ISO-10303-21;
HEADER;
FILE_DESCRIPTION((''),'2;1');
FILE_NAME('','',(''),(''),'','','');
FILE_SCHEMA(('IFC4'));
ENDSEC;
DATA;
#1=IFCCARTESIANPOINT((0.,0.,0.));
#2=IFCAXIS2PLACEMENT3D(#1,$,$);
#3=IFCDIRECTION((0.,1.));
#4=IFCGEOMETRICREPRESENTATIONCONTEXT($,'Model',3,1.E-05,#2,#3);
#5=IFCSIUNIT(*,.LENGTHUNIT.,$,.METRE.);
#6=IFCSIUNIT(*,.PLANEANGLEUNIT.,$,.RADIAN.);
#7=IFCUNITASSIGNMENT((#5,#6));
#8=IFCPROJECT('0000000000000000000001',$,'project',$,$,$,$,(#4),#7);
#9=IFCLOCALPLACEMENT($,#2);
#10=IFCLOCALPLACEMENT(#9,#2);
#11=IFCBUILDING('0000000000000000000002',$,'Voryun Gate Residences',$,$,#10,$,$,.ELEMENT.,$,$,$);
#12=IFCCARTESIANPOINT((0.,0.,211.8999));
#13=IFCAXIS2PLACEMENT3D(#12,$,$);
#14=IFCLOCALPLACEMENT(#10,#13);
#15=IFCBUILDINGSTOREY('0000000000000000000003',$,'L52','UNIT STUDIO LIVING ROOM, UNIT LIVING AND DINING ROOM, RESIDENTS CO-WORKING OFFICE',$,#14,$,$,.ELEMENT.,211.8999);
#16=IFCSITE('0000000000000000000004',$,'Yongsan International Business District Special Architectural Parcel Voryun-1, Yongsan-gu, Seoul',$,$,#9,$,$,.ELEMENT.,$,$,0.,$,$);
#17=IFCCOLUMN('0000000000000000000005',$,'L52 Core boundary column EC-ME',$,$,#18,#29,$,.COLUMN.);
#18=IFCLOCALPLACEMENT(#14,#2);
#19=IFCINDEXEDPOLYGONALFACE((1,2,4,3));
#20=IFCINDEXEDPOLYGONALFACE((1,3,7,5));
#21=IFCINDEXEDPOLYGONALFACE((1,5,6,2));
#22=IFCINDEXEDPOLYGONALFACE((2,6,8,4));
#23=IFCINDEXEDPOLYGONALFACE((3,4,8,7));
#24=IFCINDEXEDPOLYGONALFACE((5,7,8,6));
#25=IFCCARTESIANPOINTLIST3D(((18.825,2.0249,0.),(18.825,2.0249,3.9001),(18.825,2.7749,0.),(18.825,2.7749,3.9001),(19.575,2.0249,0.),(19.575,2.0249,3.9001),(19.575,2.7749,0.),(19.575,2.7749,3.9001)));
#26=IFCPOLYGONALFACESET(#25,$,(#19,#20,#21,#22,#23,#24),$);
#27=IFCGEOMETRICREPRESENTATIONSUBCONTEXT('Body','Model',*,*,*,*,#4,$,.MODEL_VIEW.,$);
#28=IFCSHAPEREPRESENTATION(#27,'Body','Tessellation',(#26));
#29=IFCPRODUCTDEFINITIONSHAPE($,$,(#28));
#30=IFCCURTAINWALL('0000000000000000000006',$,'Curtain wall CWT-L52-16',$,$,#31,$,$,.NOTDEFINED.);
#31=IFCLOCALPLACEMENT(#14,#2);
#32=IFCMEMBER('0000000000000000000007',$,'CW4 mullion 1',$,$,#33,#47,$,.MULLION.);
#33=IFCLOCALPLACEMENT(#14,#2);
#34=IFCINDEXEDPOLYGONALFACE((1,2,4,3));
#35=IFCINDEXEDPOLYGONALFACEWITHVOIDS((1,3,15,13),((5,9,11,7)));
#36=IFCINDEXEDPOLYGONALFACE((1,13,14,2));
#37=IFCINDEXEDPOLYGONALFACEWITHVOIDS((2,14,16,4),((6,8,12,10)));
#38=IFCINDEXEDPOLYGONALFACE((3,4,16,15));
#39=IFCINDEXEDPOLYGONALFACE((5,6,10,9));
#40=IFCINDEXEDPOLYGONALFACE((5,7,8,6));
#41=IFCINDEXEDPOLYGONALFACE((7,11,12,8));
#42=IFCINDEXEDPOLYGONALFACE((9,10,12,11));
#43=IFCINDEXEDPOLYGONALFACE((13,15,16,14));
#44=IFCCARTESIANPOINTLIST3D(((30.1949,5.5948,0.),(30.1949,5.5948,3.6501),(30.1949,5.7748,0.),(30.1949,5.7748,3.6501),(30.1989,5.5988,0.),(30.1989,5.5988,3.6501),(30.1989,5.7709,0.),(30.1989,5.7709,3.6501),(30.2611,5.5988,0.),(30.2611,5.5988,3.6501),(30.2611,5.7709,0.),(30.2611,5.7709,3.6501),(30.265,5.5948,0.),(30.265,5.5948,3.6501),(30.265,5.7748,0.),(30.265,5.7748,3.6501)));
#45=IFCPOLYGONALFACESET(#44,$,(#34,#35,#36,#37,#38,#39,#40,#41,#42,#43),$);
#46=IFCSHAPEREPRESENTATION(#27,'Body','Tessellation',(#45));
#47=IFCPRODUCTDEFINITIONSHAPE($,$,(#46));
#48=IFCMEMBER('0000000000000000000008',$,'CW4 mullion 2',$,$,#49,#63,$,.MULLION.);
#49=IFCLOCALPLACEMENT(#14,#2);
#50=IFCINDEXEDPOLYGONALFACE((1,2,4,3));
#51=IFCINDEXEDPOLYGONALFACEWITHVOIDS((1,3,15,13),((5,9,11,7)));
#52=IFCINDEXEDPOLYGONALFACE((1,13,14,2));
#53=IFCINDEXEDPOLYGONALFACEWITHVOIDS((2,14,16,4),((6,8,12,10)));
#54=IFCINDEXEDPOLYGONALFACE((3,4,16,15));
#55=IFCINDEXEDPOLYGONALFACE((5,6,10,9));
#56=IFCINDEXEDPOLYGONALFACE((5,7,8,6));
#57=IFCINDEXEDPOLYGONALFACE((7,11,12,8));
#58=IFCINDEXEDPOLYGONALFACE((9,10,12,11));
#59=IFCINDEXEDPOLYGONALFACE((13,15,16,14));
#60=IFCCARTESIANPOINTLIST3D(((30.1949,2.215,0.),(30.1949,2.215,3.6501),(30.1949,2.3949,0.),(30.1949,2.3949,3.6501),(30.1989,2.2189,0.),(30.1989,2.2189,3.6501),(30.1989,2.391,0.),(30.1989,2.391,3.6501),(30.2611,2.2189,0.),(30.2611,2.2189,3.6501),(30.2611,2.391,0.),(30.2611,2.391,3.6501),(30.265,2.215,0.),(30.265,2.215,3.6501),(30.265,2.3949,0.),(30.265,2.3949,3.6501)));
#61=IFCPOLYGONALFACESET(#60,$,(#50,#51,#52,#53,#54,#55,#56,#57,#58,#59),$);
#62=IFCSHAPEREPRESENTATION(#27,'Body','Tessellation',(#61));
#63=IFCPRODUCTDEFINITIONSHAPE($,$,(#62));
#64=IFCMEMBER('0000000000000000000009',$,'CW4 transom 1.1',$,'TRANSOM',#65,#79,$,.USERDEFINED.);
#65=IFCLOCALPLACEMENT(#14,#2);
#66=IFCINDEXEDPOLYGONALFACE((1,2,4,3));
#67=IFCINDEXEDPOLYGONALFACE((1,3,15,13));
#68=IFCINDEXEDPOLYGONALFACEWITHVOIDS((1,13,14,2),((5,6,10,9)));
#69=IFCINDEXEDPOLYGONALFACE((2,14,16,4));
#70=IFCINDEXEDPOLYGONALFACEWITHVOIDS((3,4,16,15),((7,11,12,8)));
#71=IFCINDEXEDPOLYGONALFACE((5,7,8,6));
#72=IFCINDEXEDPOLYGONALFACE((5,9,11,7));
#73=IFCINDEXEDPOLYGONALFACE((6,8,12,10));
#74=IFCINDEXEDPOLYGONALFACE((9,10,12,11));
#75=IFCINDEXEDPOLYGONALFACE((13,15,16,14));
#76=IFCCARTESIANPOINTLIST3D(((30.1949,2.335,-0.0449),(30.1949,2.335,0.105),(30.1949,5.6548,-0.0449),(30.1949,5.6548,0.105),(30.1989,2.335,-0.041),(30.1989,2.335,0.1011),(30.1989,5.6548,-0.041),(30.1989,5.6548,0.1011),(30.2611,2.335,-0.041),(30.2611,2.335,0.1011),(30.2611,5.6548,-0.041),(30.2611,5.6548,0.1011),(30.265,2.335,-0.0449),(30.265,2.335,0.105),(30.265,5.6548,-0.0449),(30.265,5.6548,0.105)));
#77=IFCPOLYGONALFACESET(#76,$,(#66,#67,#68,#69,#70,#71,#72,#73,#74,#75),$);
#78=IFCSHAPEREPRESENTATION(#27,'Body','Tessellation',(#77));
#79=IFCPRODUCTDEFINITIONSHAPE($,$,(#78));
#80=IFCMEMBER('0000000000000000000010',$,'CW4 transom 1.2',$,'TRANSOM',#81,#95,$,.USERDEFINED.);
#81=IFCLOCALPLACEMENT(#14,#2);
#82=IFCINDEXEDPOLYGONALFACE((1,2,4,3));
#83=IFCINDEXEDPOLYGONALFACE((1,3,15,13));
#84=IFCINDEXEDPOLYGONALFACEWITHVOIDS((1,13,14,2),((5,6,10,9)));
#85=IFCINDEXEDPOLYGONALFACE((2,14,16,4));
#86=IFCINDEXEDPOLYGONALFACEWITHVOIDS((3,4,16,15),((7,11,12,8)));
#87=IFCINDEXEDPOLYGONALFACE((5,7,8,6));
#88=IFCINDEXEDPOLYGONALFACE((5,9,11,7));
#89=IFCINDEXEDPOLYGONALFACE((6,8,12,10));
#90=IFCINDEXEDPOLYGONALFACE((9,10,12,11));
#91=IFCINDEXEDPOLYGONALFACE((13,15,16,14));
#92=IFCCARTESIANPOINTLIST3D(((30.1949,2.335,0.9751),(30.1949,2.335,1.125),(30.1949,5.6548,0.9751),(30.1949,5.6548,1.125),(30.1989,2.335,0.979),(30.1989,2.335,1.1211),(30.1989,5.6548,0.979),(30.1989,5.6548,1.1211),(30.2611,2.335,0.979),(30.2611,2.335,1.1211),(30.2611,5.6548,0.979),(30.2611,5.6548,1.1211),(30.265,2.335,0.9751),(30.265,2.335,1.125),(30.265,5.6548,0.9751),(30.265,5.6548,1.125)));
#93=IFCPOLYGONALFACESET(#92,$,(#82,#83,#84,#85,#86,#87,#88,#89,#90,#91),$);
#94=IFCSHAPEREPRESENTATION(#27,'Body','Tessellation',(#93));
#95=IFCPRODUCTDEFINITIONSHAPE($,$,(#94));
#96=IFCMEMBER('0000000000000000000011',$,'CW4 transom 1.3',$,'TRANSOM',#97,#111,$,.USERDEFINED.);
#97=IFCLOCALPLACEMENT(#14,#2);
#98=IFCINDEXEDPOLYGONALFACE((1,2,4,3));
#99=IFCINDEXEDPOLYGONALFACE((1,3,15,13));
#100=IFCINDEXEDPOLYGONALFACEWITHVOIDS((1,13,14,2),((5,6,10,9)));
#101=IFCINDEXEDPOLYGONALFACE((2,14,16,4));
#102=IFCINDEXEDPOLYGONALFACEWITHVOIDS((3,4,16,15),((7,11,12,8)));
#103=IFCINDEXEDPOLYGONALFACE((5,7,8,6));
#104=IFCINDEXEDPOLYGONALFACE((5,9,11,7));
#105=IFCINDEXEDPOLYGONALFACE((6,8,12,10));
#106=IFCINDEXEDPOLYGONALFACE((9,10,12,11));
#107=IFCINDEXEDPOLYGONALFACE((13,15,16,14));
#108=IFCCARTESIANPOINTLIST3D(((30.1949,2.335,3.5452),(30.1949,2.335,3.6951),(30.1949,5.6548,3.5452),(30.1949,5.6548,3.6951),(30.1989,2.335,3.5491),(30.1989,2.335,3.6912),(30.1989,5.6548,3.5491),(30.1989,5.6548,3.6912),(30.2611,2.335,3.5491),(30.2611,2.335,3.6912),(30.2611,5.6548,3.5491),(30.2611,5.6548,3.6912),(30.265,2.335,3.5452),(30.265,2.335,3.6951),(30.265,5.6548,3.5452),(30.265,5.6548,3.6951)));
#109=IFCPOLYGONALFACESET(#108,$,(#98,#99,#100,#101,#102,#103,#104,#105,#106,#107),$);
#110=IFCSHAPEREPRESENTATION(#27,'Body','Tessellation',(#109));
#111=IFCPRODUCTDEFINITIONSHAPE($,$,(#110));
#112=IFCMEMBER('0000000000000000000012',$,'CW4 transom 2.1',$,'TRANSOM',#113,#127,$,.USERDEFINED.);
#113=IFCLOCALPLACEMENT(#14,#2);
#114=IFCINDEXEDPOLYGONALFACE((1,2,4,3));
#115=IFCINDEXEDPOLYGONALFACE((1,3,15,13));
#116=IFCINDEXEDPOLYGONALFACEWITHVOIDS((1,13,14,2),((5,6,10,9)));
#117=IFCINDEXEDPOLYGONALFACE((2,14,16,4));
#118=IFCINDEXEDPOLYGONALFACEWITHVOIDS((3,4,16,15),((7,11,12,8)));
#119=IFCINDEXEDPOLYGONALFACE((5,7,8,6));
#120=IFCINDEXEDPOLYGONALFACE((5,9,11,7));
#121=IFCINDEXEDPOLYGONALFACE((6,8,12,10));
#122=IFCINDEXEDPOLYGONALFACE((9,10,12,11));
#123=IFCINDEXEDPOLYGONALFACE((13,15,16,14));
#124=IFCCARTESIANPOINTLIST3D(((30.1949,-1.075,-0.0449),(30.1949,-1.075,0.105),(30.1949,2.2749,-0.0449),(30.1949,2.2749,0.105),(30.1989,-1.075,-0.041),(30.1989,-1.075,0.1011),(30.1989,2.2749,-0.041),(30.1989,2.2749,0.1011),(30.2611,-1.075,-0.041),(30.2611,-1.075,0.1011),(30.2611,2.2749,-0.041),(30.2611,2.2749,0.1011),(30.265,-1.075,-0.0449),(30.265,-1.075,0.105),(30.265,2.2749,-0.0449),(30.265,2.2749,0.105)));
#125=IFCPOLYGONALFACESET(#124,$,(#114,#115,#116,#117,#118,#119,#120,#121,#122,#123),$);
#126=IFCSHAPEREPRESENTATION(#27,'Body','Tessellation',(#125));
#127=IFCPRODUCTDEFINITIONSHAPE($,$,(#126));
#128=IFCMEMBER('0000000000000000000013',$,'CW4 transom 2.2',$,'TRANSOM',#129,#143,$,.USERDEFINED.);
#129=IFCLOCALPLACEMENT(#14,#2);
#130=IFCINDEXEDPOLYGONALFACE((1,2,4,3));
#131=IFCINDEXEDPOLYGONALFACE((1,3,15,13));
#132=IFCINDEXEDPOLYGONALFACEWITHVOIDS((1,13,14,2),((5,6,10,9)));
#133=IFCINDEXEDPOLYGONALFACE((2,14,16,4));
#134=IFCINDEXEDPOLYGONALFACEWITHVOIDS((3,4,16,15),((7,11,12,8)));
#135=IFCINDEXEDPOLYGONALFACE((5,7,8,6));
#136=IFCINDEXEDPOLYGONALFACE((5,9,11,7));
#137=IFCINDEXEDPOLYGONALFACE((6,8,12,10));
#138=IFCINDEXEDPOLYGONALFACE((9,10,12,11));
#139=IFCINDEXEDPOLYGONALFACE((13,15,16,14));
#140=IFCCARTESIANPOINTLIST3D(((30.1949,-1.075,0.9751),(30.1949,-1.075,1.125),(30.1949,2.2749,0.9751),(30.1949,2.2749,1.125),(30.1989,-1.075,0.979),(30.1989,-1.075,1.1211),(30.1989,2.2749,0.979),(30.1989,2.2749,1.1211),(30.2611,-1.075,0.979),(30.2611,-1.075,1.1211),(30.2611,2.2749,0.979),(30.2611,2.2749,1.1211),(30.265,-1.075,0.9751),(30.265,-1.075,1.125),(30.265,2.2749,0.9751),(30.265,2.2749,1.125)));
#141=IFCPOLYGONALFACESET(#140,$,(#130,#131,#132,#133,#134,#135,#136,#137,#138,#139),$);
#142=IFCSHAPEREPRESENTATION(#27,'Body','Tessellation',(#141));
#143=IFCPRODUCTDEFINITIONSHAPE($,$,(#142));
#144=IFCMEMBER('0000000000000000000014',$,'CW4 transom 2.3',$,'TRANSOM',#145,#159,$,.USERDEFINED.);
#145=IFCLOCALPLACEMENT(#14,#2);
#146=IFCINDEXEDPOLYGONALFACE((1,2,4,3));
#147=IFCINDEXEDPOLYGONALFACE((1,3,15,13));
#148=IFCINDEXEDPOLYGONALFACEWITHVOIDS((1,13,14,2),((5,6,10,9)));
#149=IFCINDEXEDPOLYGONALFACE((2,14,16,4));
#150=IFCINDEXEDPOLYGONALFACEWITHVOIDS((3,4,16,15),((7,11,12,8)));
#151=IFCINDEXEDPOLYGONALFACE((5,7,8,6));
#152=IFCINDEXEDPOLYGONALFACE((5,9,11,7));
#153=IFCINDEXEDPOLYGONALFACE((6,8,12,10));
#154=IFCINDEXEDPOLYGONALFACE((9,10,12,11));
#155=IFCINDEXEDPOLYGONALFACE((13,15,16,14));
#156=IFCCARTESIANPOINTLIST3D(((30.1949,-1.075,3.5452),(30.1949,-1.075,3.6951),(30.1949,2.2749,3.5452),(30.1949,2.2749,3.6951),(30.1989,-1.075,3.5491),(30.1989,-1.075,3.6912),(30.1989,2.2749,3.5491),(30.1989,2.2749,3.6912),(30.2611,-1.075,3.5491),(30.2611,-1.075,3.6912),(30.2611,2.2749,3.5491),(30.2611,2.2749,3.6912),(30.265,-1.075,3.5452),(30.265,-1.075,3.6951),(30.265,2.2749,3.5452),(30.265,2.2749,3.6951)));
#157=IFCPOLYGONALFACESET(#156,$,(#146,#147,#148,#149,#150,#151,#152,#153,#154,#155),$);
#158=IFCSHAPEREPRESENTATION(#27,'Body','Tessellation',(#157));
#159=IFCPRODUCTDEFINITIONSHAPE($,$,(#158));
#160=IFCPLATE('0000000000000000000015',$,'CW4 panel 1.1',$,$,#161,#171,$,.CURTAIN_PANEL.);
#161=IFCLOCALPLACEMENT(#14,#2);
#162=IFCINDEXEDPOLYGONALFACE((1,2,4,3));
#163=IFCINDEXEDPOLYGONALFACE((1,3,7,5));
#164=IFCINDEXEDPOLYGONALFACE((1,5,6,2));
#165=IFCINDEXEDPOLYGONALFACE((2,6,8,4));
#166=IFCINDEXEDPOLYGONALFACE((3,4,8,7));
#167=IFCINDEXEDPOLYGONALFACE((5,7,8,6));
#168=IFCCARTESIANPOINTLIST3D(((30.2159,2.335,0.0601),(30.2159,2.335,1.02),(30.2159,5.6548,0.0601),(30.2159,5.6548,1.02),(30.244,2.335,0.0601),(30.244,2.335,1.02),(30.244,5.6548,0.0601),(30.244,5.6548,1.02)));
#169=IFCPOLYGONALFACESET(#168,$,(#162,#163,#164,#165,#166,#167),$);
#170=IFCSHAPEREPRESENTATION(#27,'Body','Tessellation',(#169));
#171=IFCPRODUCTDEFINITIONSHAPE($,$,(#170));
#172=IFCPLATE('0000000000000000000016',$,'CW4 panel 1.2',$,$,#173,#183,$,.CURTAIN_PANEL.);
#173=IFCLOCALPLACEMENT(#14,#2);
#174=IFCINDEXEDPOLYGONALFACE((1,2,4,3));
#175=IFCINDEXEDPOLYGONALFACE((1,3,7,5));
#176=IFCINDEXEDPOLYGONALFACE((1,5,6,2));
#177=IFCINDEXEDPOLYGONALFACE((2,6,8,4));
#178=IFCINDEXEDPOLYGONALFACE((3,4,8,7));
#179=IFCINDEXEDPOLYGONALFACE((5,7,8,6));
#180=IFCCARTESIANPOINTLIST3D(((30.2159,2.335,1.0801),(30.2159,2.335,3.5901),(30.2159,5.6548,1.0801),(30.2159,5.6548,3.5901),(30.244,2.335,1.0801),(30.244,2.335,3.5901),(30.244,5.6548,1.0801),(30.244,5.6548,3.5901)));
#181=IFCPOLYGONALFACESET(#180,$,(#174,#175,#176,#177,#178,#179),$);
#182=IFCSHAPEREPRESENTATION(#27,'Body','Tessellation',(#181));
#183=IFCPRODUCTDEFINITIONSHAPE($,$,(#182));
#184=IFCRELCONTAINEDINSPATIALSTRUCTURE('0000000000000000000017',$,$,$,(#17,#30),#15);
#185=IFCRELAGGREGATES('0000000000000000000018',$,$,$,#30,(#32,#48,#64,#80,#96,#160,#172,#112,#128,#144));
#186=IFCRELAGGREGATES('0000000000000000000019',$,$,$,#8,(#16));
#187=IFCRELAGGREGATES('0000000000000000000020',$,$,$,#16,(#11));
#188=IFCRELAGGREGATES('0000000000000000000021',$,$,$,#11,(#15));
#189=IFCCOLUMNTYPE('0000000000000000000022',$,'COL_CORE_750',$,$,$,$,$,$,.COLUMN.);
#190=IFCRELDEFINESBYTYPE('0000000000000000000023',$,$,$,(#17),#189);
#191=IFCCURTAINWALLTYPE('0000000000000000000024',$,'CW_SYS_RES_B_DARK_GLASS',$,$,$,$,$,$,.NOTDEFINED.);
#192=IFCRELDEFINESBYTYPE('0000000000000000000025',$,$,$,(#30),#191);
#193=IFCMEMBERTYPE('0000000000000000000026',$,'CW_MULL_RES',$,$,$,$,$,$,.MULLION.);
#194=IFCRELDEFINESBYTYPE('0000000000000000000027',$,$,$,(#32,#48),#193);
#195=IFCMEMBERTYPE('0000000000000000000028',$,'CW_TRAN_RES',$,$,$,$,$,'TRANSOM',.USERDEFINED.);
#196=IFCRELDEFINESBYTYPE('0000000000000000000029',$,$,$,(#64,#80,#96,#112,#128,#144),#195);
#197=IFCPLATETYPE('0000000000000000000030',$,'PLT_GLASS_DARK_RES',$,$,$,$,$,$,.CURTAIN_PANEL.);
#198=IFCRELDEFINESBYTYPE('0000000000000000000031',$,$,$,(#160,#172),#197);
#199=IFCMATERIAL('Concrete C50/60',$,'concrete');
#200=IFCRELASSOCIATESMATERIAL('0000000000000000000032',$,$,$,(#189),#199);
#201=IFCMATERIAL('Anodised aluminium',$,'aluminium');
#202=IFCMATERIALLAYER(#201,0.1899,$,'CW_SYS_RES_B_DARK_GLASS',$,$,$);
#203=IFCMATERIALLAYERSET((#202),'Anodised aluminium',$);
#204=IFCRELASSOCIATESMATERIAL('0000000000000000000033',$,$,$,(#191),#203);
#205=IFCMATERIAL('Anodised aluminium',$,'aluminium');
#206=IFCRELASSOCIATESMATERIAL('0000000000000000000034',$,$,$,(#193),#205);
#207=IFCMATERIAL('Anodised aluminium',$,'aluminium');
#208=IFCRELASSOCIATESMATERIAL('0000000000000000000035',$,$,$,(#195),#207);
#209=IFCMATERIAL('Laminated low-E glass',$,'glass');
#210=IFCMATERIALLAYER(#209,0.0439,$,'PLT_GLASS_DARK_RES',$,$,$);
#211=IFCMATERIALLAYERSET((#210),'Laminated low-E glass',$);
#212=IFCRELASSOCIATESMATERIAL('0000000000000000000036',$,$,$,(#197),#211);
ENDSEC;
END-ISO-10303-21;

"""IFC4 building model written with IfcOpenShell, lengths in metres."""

from ifc_helpers import new_model, si_unit, direction, frame, origin, origin_2d, place, context, subcontext, project, spatial, rectangle, hollow_rectangle, extrude, material, layer, layer_set, material_profile, profile_set, type_object, element, aggregate, save


model = new_model("IFC4")

# Units and contexts
model_context = context("Model", 3, precision=1e-05, world=origin(), true_north=direction((0.0, 1.0)))
body_context = subcontext(model_context, "Body", "Model", "MODEL_VIEW")
ifc_project = project(units=[si_unit("LENGTHUNIT", "METRE"), si_unit("PLANEANGLEUNIT", "RADIAN")], contexts=[model_context])

# Site, building, storey
site_placement = place(None, origin())
site = spatial("IfcSite", under=ifc_project, at=site_placement, Name="Yongsan International Business District Special Architectural Parcel Voryun-1, Yongsan-gu, Seoul", CompositionType="ELEMENT", RefElevation=0.0)
building_placement = place(site_placement, origin())
building = spatial("IfcBuilding", under=site, at=building_placement, Name="Voryun Gate Residences", CompositionType="ELEMENT")
storey_placement = place(building_placement, frame((0.0, 0.0, 211.8999)))
storey = spatial("IfcBuildingStorey", under=building, at=storey_placement, Name="L52", Description="UNIT STUDIO LIVING ROOM, UNIT LIVING AND DINING ROOM, RESIDENTS CO-WORKING OFFICE", CompositionType="ELEMENT", Elevation=211.8999)

# Column
ifc_material_1 = material(Name="Concrete C50/60", Category="concrete")
ifc_material_profile_1 = material_profile(ifc_material_1, rectangle(XDim=0.75, YDim=0.75, at=origin_2d()), Name="RC-750x750")
ifc_profile_set_1 = profile_set([ifc_material_profile_1], Name="Concrete C50/60")
column_type = type_object("IfcColumnType", Name="COL_CORE_750", PredefinedType="COLUMN", material=ifc_profile_set_1)
column_placement = place(storey_placement, frame((19.2, 2.3999, 0.0), z_axis=(0.0, 0.0, 1.0), x_axis=(1.0, 0.0, 0.0)))
element("IfcColumn", 1, at=column_placement, inside=storey, type_object=column_type, Name="L52 Core boundary column EC-ME", PredefinedType="COLUMN", context=body_context, shape_type="SweptSolid", body=[
    extrude(rectangle(XDim=0.75, YDim=0.75, at=origin_2d()), origin(), (0.0, 0.0, 1.0), 3.9001),
])

# Curtain wall, members, plates
ifc_material_2 = material(Name="Anodised aluminium", Category="aluminium")
ifc_layer_1 = layer(ifc_material_2, 0.1899, Name="CW_SYS_RES_B_DARK_GLASS")
ifc_layer_set_1 = layer_set([ifc_layer_1], Name="Anodised aluminium")
curtain_wall_type = type_object("IfcCurtainWallType", Name="CW_SYS_RES_B_DARK_GLASS", PredefinedType="NOTDEFINED", material=ifc_layer_set_1)
curtain_wall_placement = place(storey_placement, origin())
curtain_wall = element("IfcCurtainWall", 2, at=curtain_wall_placement, inside=storey, type_object=curtain_wall_type, Name="Curtain wall CWT-L52-16", PredefinedType="NOTDEFINED")
ifc_material_3 = material(Name="Anodised aluminium", Category="aluminium")
ifc_material_profile_2 = material_profile(ifc_material_3, hollow_rectangle(XDim=0.0701, YDim=0.1799, WallThickness=0.0039, at=origin_2d()), Name="ALU-MULL-180x70x4")
ifc_profile_set_2 = profile_set([ifc_material_profile_2], Name="Anodised aluminium")
member_type_1 = type_object("IfcMemberType", Name="CW_MULL_RES", PredefinedType="MULLION", material=ifc_profile_set_2)
member_1_placement = place(storey_placement, frame((30.23, 5.6848, 0.0), z_axis=(0.0, 0.0, 1.0), x_axis=(1.0, 0.0, 0.0)))
member_1 = element("IfcMember", 3, at=member_1_placement, type_object=member_type_1, Name="CW4 mullion 1", PredefinedType="MULLION", context=body_context, shape_type="SweptSolid", body=[
    extrude(hollow_rectangle(XDim=0.0701, YDim=0.1799, WallThickness=0.0039, at=origin_2d()), origin(), (0.0, 0.0, 1.0), 3.6501),
])
member_2_placement = place(storey_placement, frame((30.23, 2.3049, 0.0), z_axis=(0.0, 0.0, 1.0), x_axis=(1.0, 0.0, 0.0)))
member_2 = element("IfcMember", 4, at=member_2_placement, type_object=member_type_1, Name="CW4 mullion 2", PredefinedType="MULLION", context=body_context, shape_type="SweptSolid", body=[
    extrude(hollow_rectangle(XDim=0.0701, YDim=0.1799, WallThickness=0.0039, at=origin_2d()), origin(), (0.0, 0.0, 1.0), 3.6501),
])
ifc_material_4 = material(Name="Anodised aluminium", Category="aluminium")
ifc_material_profile_3 = material_profile(ifc_material_4, hollow_rectangle(XDim=0.0701, YDim=0.1499, WallThickness=0.0039, at=origin_2d()), Name="ALU-TRAN-150x70x4")
ifc_profile_set_3 = profile_set([ifc_material_profile_3], Name="Anodised aluminium")
member_type_2 = type_object("IfcMemberType", Name="CW_TRAN_RES", ElementType="TRANSOM", PredefinedType="USERDEFINED", material=ifc_profile_set_3)
member_3_placement = place(storey_placement, frame((30.23, 5.6548, 0.03), z_axis=(0.0, -1.0, 0.0), x_axis=(1.0, 0.0, 0.0)))
member_3 = element("IfcMember", 5, at=member_3_placement, type_object=member_type_2, Name="CW4 transom 1.1", ObjectType="TRANSOM", PredefinedType="USERDEFINED", context=body_context, shape_type="SweptSolid", body=[
    extrude(hollow_rectangle(XDim=0.0701, YDim=0.1499, WallThickness=0.0039, at=origin_2d()), origin(), (0.0, 0.0, 1.0), 3.3198),
])
member_4_placement = place(storey_placement, frame((30.23, 5.6548, 1.05), z_axis=(0.0, -1.0, 0.0), x_axis=(1.0, 0.0, 0.0)))
member_4 = element("IfcMember", 6, at=member_4_placement, type_object=member_type_2, Name="CW4 transom 1.2", ObjectType="TRANSOM", PredefinedType="USERDEFINED", context=body_context, shape_type="SweptSolid", body=[
    extrude(hollow_rectangle(XDim=0.0701, YDim=0.1499, WallThickness=0.0039, at=origin_2d()), origin(), (0.0, 0.0, 1.0), 3.3198),
])
member_5_placement = place(storey_placement, frame((30.23, 5.6548, 3.6201), z_axis=(0.0, -1.0, 0.0), x_axis=(1.0, 0.0, 0.0)))
member_5 = element("IfcMember", 7, at=member_5_placement, type_object=member_type_2, Name="CW4 transom 1.3", ObjectType="TRANSOM", PredefinedType="USERDEFINED", context=body_context, shape_type="SweptSolid", body=[
    extrude(hollow_rectangle(XDim=0.0701, YDim=0.1499, WallThickness=0.0039, at=origin_2d()), origin(), (0.0, 0.0, 1.0), 3.3198),
])
member_6_placement = place(storey_placement, frame((30.23, 2.2749, 0.03), z_axis=(0.0, -1.0, 0.0), x_axis=(1.0, 0.0, 0.0)))
member_6 = element("IfcMember", 8, at=member_6_placement, type_object=member_type_2, Name="CW4 transom 2.1", ObjectType="TRANSOM", PredefinedType="USERDEFINED", context=body_context, shape_type="SweptSolid", body=[
    extrude(hollow_rectangle(XDim=0.0701, YDim=0.1499, WallThickness=0.0039, at=origin_2d()), origin(), (0.0, 0.0, 1.0), 3.3499),
])
member_7_placement = place(storey_placement, frame((30.23, 2.2749, 1.05), z_axis=(0.0, -1.0, 0.0), x_axis=(1.0, 0.0, 0.0)))
member_7 = element("IfcMember", 9, at=member_7_placement, type_object=member_type_2, Name="CW4 transom 2.2", ObjectType="TRANSOM", PredefinedType="USERDEFINED", context=body_context, shape_type="SweptSolid", body=[
    extrude(hollow_rectangle(XDim=0.0701, YDim=0.1499, WallThickness=0.0039, at=origin_2d()), origin(), (0.0, 0.0, 1.0), 3.3499),
])
member_8_placement = place(storey_placement, frame((30.23, 2.2749, 3.6201), z_axis=(0.0, -1.0, 0.0), x_axis=(1.0, 0.0, 0.0)))
member_8 = element("IfcMember", 10, at=member_8_placement, type_object=member_type_2, Name="CW4 transom 2.3", ObjectType="TRANSOM", PredefinedType="USERDEFINED", context=body_context, shape_type="SweptSolid", body=[
    extrude(hollow_rectangle(XDim=0.0701, YDim=0.1499, WallThickness=0.0039, at=origin_2d()), origin(), (0.0, 0.0, 1.0), 3.3499),
])
ifc_material_5 = material(Name="Laminated low-E glass", Category="glass")
ifc_layer_2 = layer(ifc_material_5, 0.0439, Name="PLT_GLASS_DARK_RES")
ifc_layer_set_2 = layer_set([ifc_layer_2], Name="Laminated low-E glass")
plate_type = type_object("IfcPlateType", Name="PLT_GLASS_DARK_RES", PredefinedType="CURTAIN_PANEL", material=ifc_layer_set_2)
plate_1_placement = place(storey_placement, frame((30.23, 3.9949, 0.0601), z_axis=(0.0, 0.0, 1.0), x_axis=(0.0, -1.0, 0.0)))
plate_1 = element("IfcPlate", 11, at=plate_1_placement, type_object=plate_type, Name="CW4 panel 1.1", PredefinedType="CURTAIN_PANEL", context=body_context, shape_type="SweptSolid", body=[
    extrude(rectangle(XDim=3.3198, YDim=0.0281, at=origin_2d()), origin(), (0.0, 0.0, 1.0), 0.96),
])
plate_2_placement = place(storey_placement, frame((30.23, 3.9949, 1.0801), z_axis=(0.0, 0.0, 1.0), x_axis=(0.0, -1.0, 0.0)))
plate_2 = element("IfcPlate", 12, at=plate_2_placement, type_object=plate_type, Name="CW4 panel 1.2", PredefinedType="CURTAIN_PANEL", context=body_context, shape_type="SweptSolid", body=[
    extrude(rectangle(XDim=3.3198, YDim=0.0281, at=origin_2d()), origin(), (0.0, 0.0, 1.0), 2.51),
])
aggregate(curtain_wall, [member_1, member_2, member_3, member_4, member_5, plate_1, plate_2, member_6, member_7, member_8])

save(model, "model.ifc")
